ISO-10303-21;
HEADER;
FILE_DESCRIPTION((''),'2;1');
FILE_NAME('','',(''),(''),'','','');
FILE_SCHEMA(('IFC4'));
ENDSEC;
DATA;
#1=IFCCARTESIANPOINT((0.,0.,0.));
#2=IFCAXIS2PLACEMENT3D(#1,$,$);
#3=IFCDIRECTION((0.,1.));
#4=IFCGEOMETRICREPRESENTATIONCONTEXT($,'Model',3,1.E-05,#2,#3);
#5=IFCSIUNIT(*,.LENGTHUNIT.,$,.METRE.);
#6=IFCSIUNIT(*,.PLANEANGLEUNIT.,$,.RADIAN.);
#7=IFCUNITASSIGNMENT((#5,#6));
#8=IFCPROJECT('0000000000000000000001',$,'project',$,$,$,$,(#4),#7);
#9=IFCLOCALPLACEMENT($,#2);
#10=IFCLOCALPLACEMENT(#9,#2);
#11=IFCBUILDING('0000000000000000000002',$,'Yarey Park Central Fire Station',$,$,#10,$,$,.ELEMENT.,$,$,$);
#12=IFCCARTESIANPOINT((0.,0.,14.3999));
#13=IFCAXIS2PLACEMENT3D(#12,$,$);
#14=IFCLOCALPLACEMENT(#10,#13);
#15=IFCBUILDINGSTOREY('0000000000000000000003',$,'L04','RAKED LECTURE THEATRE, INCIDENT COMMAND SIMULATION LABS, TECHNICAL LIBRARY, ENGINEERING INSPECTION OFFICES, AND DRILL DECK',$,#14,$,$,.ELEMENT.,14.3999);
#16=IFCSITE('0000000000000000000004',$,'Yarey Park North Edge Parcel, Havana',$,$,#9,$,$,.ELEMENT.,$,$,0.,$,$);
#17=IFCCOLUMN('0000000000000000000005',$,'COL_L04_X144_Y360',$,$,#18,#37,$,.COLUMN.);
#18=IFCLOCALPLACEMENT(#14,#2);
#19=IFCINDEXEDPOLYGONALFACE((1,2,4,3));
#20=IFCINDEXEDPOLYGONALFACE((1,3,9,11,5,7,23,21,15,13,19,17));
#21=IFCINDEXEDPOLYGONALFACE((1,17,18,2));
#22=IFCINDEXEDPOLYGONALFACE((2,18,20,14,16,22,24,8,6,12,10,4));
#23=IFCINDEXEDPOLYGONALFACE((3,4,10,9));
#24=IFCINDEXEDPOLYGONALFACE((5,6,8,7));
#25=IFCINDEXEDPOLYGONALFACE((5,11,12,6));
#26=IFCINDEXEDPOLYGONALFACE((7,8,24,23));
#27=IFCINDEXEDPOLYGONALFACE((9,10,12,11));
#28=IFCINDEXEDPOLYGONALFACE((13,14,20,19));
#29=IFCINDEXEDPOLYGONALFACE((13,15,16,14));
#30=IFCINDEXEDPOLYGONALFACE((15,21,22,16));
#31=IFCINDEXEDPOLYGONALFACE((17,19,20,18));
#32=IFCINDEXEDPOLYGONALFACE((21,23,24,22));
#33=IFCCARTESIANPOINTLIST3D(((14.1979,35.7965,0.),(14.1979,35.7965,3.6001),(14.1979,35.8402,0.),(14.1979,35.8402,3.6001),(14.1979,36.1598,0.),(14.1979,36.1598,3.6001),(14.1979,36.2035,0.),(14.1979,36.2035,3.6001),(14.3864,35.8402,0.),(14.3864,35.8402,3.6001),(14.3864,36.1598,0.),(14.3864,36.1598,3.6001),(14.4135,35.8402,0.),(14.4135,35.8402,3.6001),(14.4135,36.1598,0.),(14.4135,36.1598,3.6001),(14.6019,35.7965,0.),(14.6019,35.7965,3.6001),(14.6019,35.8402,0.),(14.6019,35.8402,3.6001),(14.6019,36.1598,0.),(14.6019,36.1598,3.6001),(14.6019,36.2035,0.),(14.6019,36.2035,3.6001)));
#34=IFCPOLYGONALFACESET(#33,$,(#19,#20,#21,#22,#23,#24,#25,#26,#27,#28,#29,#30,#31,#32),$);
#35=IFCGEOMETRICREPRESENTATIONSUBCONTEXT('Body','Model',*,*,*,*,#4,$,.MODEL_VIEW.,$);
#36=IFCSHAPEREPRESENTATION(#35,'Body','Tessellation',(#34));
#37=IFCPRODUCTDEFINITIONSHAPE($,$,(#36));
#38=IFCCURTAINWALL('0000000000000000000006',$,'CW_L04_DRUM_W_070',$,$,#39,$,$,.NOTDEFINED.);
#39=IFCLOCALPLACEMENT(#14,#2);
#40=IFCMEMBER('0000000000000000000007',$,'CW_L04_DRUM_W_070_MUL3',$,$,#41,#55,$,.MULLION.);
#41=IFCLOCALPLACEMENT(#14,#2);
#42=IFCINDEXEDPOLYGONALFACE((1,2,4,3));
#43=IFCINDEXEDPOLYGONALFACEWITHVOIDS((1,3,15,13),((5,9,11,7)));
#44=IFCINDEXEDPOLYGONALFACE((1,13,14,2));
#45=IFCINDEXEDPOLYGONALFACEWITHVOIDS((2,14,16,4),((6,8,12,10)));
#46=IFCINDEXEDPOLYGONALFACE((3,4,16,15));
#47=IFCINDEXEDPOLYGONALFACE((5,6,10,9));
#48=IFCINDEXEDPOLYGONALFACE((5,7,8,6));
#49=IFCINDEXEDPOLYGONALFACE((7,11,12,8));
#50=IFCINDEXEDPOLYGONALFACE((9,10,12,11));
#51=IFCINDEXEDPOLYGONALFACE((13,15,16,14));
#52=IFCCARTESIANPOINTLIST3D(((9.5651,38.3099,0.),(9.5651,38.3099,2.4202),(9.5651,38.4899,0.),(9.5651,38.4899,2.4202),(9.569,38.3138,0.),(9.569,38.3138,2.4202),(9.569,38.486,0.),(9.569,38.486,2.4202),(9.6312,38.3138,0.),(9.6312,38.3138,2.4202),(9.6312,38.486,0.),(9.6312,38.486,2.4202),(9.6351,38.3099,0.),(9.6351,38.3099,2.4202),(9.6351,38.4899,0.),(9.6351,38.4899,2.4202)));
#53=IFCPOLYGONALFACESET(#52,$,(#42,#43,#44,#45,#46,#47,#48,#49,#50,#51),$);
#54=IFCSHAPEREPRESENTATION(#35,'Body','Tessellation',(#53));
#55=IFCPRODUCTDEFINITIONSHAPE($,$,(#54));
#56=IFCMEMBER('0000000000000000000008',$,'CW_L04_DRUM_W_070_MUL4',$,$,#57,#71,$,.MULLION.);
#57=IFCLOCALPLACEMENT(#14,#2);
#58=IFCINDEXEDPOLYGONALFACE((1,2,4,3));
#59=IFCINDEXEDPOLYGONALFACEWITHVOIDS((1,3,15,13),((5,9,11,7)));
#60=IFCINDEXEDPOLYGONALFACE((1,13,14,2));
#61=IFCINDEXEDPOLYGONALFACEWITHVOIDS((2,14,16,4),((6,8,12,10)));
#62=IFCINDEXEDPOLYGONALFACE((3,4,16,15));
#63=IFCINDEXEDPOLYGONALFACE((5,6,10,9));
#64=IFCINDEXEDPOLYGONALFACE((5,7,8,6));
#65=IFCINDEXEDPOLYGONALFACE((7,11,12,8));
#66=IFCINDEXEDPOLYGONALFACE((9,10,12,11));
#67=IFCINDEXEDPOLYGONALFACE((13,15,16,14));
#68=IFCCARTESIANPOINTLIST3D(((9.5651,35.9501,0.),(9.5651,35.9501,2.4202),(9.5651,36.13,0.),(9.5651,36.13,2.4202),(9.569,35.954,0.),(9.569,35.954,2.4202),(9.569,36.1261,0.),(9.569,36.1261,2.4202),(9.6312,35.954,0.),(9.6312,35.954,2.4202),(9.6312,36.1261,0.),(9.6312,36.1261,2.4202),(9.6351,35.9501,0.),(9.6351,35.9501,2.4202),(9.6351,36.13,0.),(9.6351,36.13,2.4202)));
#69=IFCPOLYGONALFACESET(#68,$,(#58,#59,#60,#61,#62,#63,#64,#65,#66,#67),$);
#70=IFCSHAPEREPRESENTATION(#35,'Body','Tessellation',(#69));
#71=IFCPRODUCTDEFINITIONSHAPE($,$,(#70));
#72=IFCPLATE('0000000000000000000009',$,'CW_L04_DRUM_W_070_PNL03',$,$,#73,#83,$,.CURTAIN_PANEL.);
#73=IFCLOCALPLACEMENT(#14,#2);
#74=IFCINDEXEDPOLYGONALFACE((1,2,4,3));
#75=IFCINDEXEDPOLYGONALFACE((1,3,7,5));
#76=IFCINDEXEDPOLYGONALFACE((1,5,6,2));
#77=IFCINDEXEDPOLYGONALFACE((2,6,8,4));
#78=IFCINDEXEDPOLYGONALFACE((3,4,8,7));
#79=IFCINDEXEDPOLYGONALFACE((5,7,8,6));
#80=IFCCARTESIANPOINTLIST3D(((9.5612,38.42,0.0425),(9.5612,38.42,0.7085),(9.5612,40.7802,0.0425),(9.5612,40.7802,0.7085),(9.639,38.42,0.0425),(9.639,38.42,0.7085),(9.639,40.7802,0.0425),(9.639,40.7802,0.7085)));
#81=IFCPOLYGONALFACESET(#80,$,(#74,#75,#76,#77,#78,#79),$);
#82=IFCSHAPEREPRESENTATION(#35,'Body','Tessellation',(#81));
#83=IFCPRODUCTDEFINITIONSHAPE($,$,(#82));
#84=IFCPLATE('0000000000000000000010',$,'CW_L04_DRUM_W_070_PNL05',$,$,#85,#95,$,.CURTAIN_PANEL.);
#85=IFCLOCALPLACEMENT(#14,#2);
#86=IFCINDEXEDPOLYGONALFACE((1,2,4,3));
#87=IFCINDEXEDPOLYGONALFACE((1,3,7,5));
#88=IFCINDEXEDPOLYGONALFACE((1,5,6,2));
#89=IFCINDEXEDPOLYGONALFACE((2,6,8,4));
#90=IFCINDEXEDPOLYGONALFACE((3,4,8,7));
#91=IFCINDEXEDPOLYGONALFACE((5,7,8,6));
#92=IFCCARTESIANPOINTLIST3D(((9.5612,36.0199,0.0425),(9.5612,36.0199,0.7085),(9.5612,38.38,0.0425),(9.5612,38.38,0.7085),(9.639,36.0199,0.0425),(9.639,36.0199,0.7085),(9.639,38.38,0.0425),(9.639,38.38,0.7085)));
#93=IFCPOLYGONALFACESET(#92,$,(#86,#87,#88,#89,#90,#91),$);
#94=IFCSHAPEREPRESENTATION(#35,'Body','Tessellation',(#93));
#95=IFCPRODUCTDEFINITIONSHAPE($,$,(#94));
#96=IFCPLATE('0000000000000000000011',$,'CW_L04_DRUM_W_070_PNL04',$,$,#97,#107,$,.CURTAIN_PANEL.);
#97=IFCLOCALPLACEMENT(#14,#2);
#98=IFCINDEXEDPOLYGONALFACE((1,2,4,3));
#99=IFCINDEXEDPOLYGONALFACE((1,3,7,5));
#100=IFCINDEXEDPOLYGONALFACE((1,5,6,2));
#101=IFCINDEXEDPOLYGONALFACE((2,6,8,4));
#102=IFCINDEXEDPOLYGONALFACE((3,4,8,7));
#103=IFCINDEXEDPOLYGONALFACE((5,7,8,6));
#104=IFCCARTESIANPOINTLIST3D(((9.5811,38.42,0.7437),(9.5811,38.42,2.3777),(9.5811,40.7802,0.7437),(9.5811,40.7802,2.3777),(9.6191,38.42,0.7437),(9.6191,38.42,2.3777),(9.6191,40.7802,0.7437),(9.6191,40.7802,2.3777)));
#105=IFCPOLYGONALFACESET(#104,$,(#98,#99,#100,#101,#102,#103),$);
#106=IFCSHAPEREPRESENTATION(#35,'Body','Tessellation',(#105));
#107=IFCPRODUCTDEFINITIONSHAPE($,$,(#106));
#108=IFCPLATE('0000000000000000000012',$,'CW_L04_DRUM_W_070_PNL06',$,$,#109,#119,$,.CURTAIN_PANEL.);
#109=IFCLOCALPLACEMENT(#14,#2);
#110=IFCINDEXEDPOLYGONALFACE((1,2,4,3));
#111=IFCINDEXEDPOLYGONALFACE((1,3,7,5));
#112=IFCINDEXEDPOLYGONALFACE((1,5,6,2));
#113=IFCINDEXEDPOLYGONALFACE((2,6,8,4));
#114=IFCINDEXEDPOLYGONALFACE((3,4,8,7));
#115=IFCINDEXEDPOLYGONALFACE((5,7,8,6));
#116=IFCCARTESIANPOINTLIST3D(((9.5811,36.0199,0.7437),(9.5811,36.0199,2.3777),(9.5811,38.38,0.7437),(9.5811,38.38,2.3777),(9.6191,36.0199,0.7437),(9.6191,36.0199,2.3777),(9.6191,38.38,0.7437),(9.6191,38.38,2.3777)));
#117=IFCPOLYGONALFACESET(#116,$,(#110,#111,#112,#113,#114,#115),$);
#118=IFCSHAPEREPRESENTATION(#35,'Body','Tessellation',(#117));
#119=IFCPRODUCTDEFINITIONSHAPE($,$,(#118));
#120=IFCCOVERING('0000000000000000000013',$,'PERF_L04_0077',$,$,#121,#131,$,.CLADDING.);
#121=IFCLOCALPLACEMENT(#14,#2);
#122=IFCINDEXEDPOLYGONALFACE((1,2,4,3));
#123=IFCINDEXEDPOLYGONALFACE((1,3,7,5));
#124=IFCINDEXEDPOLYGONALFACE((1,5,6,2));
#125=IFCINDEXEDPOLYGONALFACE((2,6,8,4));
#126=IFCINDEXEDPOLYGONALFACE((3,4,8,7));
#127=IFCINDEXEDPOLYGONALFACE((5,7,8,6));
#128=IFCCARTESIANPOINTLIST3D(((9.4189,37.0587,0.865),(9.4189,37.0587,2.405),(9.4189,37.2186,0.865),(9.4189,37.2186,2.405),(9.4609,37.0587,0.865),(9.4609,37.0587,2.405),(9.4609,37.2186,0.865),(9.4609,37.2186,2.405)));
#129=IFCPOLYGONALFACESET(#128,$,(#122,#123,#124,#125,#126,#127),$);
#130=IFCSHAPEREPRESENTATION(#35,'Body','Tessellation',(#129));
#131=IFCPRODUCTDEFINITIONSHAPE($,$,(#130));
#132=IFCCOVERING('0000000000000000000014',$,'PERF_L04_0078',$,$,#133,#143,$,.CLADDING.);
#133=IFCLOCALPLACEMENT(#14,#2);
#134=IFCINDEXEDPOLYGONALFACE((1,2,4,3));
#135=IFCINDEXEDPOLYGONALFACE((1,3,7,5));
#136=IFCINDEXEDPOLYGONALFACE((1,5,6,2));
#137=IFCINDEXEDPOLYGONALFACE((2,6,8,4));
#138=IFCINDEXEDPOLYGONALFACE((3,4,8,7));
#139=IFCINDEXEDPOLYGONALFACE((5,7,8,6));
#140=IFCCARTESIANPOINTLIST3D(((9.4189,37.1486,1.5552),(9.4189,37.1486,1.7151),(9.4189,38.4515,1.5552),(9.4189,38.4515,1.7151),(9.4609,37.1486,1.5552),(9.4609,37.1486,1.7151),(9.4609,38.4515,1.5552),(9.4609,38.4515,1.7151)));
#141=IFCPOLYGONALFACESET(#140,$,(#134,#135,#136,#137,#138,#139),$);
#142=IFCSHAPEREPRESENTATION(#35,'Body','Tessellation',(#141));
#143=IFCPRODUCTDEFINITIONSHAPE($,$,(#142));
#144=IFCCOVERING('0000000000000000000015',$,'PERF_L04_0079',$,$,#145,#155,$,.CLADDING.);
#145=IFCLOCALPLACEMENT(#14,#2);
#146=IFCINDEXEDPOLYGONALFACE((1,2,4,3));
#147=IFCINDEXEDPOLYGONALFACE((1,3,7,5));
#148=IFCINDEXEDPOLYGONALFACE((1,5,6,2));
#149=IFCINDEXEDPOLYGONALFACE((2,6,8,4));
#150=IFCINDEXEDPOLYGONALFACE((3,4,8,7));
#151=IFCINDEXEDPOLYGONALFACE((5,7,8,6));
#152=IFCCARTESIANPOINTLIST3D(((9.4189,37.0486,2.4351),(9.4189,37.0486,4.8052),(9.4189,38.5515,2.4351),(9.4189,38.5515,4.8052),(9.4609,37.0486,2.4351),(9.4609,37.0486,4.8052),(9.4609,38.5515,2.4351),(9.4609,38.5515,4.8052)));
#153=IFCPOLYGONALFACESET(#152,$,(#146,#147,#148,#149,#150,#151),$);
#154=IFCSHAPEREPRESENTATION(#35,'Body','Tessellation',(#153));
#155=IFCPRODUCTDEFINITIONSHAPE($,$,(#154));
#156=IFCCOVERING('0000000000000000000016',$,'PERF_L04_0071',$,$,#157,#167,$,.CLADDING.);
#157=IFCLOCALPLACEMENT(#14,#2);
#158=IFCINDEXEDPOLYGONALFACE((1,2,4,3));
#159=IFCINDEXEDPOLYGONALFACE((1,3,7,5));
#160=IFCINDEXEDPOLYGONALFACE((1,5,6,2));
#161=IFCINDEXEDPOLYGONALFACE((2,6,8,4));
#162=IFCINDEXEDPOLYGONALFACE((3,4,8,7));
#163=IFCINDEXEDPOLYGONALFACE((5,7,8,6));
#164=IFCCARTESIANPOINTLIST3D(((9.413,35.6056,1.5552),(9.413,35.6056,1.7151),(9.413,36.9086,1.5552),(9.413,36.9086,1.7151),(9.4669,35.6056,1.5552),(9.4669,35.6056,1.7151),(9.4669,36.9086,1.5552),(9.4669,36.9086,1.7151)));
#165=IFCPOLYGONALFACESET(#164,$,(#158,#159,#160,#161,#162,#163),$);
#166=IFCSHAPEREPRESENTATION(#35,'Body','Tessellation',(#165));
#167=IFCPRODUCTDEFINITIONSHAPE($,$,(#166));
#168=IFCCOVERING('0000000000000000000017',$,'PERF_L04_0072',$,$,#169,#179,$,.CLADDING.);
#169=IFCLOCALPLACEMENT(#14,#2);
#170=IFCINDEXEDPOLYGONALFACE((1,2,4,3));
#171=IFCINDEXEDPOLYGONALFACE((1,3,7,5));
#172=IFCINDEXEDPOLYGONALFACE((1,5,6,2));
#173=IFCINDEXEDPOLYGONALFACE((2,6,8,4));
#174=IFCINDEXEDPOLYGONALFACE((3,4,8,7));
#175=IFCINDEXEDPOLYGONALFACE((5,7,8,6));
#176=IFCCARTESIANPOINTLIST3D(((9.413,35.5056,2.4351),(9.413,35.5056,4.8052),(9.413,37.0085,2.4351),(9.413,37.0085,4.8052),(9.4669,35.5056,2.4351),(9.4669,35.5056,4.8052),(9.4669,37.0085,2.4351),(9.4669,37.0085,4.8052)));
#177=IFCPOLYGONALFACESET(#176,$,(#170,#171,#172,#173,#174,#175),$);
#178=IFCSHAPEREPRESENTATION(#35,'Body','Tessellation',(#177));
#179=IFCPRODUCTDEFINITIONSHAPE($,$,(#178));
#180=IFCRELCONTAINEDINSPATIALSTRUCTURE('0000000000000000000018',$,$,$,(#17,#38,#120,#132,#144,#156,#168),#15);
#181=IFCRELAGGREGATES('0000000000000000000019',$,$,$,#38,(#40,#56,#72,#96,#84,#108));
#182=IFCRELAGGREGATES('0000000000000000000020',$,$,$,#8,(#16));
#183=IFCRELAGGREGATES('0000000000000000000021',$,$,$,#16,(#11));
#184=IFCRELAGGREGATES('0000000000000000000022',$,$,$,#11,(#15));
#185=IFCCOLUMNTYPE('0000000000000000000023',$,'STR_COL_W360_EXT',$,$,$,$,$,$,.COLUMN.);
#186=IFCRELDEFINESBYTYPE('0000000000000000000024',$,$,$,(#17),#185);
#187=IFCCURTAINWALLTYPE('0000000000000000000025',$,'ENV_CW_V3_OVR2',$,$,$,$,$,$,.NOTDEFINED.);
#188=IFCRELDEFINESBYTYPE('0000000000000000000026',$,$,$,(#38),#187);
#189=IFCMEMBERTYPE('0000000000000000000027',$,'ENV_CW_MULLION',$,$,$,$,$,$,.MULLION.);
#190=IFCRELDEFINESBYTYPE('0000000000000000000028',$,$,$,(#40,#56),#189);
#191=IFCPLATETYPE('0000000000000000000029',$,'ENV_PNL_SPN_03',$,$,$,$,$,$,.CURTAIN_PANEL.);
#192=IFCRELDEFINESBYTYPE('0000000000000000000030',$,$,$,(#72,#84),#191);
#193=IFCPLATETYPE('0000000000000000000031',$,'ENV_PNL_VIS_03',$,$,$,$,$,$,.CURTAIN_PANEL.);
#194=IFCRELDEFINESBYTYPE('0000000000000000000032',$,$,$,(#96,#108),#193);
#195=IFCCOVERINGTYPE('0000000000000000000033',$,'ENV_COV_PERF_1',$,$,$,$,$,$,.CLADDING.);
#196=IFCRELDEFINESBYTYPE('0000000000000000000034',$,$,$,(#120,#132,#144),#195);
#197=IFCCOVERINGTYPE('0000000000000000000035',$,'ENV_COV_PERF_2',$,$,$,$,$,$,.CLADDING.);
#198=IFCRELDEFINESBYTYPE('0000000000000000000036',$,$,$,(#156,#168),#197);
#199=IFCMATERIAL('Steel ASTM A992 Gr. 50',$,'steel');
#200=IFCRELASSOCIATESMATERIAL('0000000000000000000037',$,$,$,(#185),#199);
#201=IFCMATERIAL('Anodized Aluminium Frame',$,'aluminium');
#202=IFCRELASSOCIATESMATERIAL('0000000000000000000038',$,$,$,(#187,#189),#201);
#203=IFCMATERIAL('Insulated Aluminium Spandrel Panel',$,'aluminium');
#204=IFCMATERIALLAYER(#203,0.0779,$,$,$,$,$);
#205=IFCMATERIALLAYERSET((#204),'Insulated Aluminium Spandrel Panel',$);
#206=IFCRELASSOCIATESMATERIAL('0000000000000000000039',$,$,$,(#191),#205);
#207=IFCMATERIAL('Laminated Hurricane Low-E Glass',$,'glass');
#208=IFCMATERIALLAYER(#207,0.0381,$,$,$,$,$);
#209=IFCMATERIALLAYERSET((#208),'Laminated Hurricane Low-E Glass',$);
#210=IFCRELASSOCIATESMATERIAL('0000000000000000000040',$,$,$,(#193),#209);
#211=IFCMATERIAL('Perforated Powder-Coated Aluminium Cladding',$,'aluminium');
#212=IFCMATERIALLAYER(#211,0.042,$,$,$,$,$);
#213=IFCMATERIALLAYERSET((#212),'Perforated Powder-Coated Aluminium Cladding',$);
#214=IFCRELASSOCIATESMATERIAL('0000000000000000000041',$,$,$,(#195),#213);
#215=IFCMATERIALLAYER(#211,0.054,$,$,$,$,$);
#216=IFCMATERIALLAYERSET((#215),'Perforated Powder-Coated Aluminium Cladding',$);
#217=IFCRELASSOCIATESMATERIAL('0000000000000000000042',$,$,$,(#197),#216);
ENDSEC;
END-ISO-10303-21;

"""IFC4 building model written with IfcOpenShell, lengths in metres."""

from ifc_helpers import new_model, si_unit, direction, frame, origin, origin_2d, place, context, subcontext, project, spatial, rectangle, hollow_rectangle, i_section, extrude, material, layer, layer_set, material_profile, profile_set, type_object, element, aggregate, save


model = new_model("IFC4")

# Units and contexts
model_context = context("Model", 3, precision=1e-05, world=origin(), true_north=direction((0.0, 1.0)))
body_context = subcontext(model_context, "Body", "Model", "MODEL_VIEW")
ifc_project = project(units=[si_unit("LENGTHUNIT", "METRE"), si_unit("PLANEANGLEUNIT", "RADIAN")], contexts=[model_context])

# Site, building, storey
site_placement = place(None, origin())
site = spatial("IfcSite", under=ifc_project, at=site_placement, Name="Yarey Park North Edge Parcel, Havana", CompositionType="ELEMENT", RefElevation=0.0)
building_placement = place(site_placement, origin())
building = spatial("IfcBuilding", under=site, at=building_placement, Name="Yarey Park Central Fire Station", CompositionType="ELEMENT")
storey_placement = place(building_placement, frame((0.0, 0.0, 14.3999)))
storey = spatial("IfcBuildingStorey", under=building, at=storey_placement, Name="L04", Description="RAKED LECTURE THEATRE, INCIDENT COMMAND SIMULATION LABS, TECHNICAL LIBRARY, ENGINEERING INSPECTION OFFICES, AND DRILL DECK", CompositionType="ELEMENT", Elevation=14.3999)

# Column
ifc_material_1 = material(Name="Steel ASTM A992 Gr. 50", Category="steel")
ifc_material_profile_1 = material_profile(ifc_material_1, i_section(OverallWidth=0.4041, OverallDepth=0.407, WebThickness=0.0271, FlangeThickness=0.0437, at=origin_2d()), Name="W360x347")
ifc_profile_set_1 = profile_set([ifc_material_profile_1], Name="Steel ASTM A992 Gr. 50")
column_type = type_object("IfcColumnType", Name="STR_COL_W360_EXT", PredefinedType="COLUMN", material=ifc_profile_set_1)
column_placement = place(storey_placement, frame((14.3999, 36.0, 0.0), z_axis=(0.0, 0.0, 1.0), x_axis=(1.0, 0.0, 0.0)))
element("IfcColumn", 1, at=column_placement, inside=storey, type_object=column_type, Name="COL_L04_X144_Y360", PredefinedType="COLUMN", context=body_context, shape_type="SweptSolid", body=[
    extrude(i_section(OverallWidth=0.4041, OverallDepth=0.407, WebThickness=0.0271, FlangeThickness=0.0437, at=origin_2d()), origin(), (0.0, 0.0, 1.0), 3.6001),
])

# Curtain wall, members, plates
ifc_material_2 = material(Name="Anodized Aluminium Frame", Category="aluminium")
curtain_wall_type = type_object("IfcCurtainWallType", Name="ENV_CW_V3_OVR2", PredefinedType="NOTDEFINED", material=ifc_material_2)
curtain_wall_placement = place(storey_placement, origin())
curtain_wall = element("IfcCurtainWall", 2, at=curtain_wall_placement, inside=storey, type_object=curtain_wall_type, Name="CW_L04_DRUM_W_070", PredefinedType="NOTDEFINED")
ifc_material_profile_2 = material_profile(ifc_material_2, hollow_rectangle(XDim=0.0701, YDim=0.1799, WallThickness=0.0039, at=origin_2d()), Name="ALU 180x70x4")
ifc_profile_set_2 = profile_set([ifc_material_profile_2], Name="Anodized Aluminium Frame")
member_type = type_object("IfcMemberType", Name="ENV_CW_MULLION", PredefinedType="MULLION", material=ifc_profile_set_2)
member_1_placement = place(storey_placement, frame((9.6001, 38.3999, 0.0), z_axis=(0.0, 0.0, 1.0), x_axis=(1.0, 0.0, 0.0)))
member_1 = element("IfcMember", 3, at=member_1_placement, type_object=member_type, Name="CW_L04_DRUM_W_070_MUL3", PredefinedType="MULLION", context=body_context, shape_type="SweptSolid", body=[
    extrude(hollow_rectangle(XDim=0.0701, YDim=0.1799, WallThickness=0.0039, at=origin_2d()), origin(), (0.0, 0.0, 1.0), 2.4202),
])
member_2_placement = place(storey_placement, frame((9.6001, 36.04, 0.0), z_axis=(0.0, 0.0, 1.0), x_axis=(1.0, 0.0, 0.0)))
member_2 = element("IfcMember", 4, at=member_2_placement, type_object=member_type, Name="CW_L04_DRUM_W_070_MUL4", PredefinedType="MULLION", context=body_context, shape_type="SweptSolid", body=[
    extrude(hollow_rectangle(XDim=0.0701, YDim=0.1799, WallThickness=0.0039, at=origin_2d()), origin(), (0.0, 0.0, 1.0), 2.4202),
])
ifc_material_3 = material(Name="Insulated Aluminium Spandrel Panel", Category="aluminium")
ifc_layer_1 = layer(ifc_material_3, 0.0779)
ifc_layer_set_1 = layer_set([ifc_layer_1], Name="Insulated Aluminium Spandrel Panel")
plate_type_1 = type_object("IfcPlateType", Name="ENV_PNL_SPN_03", PredefinedType="CURTAIN_PANEL", material=ifc_layer_set_1)
plate_1_placement = place(storey_placement, frame((9.6001, 39.6001, 0.0425), z_axis=(0.0, 0.0, 1.0), x_axis=(0.0, -1.0, 0.0)))
plate_1 = element("IfcPlate", 5, at=plate_1_placement, type_object=plate_type_1, Name="CW_L04_DRUM_W_070_PNL03", PredefinedType="CURTAIN_PANEL", context=body_context, shape_type="SweptSolid", body=[
    extrude(rectangle(XDim=2.3601, YDim=0.0779, at=origin_2d()), origin(), (0.0, 0.0, 1.0), 0.666),
])
plate_2_placement = place(storey_placement, frame((9.6001, 37.2, 0.0425), z_axis=(0.0, 0.0, 1.0), x_axis=(0.0, -1.0, 0.0)))
plate_2 = element("IfcPlate", 6, at=plate_2_placement, type_object=plate_type_1, Name="CW_L04_DRUM_W_070_PNL05", PredefinedType="CURTAIN_PANEL", context=body_context, shape_type="SweptSolid", body=[
    extrude(rectangle(XDim=2.3601, YDim=0.0779, at=origin_2d()), origin(), (0.0, 0.0, 1.0), 0.666),
])
ifc_material_4 = material(Name="Laminated Hurricane Low-E Glass", Category="glass")
ifc_layer_2 = layer(ifc_material_4, 0.0381)
ifc_layer_set_2 = layer_set([ifc_layer_2], Name="Laminated Hurricane Low-E Glass")
plate_type_2 = type_object("IfcPlateType", Name="ENV_PNL_VIS_03", PredefinedType="CURTAIN_PANEL", material=ifc_layer_set_2)
plate_3_placement = place(storey_placement, frame((9.6001, 39.6001, 0.7437), z_axis=(0.0, 0.0, 1.0), x_axis=(0.0, -1.0, 0.0)))
plate_3 = element("IfcPlate", 7, at=plate_3_placement, type_object=plate_type_2, Name="CW_L04_DRUM_W_070_PNL04", PredefinedType="CURTAIN_PANEL", context=body_context, shape_type="SweptSolid", body=[
    extrude(rectangle(XDim=2.3601, YDim=0.0381, at=origin_2d()), origin(), (0.0, 0.0, 1.0), 1.634),
])
plate_4_placement = place(storey_placement, frame((9.6001, 37.2, 0.7437), z_axis=(0.0, 0.0, 1.0), x_axis=(0.0, -1.0, 0.0)))
plate_4 = element("IfcPlate", 8, at=plate_4_placement, type_object=plate_type_2, Name="CW_L04_DRUM_W_070_PNL06", PredefinedType="CURTAIN_PANEL", context=body_context, shape_type="SweptSolid", body=[
    extrude(rectangle(XDim=2.3601, YDim=0.0381, at=origin_2d()), origin(), (0.0, 0.0, 1.0), 1.634),
])
aggregate(curtain_wall, [member_1, member_2, plate_1, plate_3, plate_2, plate_4])

# Coverings
ifc_material_5 = material(Name="Perforated Powder-Coated Aluminium Cladding", Category="aluminium")
ifc_layer_3 = layer(ifc_material_5, 0.042)
ifc_layer_set_3 = layer_set([ifc_layer_3], Name="Perforated Powder-Coated Aluminium Cladding")
covering_type_1 = type_object("IfcCoveringType", Name="ENV_COV_PERF_1", PredefinedType="CLADDING", material=ifc_layer_set_3)
covering_1_placement = place(storey_placement, frame((9.4399, 37.1387, 0.865), z_axis=(0.0, 0.0, 1.0), x_axis=(0.0, 1.0, 0.0)))
element("IfcCovering", 9, at=covering_1_placement, inside=storey, type_object=covering_type_1, Name="PERF_L04_0077", PredefinedType="CLADDING", context=body_context, shape_type="SweptSolid", body=[
    extrude(rectangle(XDim=0.1599, YDim=0.042, at=origin_2d()), origin(), (0.0, 0.0, 1.0), 1.54),
])
covering_2_placement = place(storey_placement, frame((9.4399, 37.8, 1.5552), z_axis=(0.0, 0.0, 1.0), x_axis=(0.0, 1.0, 0.0)))
element("IfcCovering", 10, at=covering_2_placement, inside=storey, type_object=covering_type_1, Name="PERF_L04_0078", PredefinedType="CLADDING", context=body_context, shape_type="SweptSolid", body=[
    extrude(rectangle(XDim=1.303, YDim=0.042, at=origin_2d()), origin(), (0.0, 0.0, 1.0), 0.1599),
])
covering_3_placement = place(storey_placement, frame((9.4399, 37.8, 2.4351), z_axis=(0.0, 0.0, 1.0), x_axis=(0.0, 1.0, 0.0)))
element("IfcCovering", 11, at=covering_3_placement, inside=storey, type_object=covering_type_1, Name="PERF_L04_0079", PredefinedType="CLADDING", context=body_context, shape_type="SweptSolid", body=[
    extrude(rectangle(XDim=1.5029, YDim=0.042, at=origin_2d()), origin(), (0.0, 0.0, 1.0), 2.3701),
])
ifc_layer_4 = layer(ifc_material_5, 0.054)
ifc_layer_set_4 = layer_set([ifc_layer_4], Name="Perforated Powder-Coated Aluminium Cladding")
covering_type_2 = type_object("IfcCoveringType", Name="ENV_COV_PERF_2", PredefinedType="CLADDING", material=ifc_layer_set_4)
covering_4_placement = place(storey_placement, frame((9.4399, 36.2571, 1.5552), z_axis=(0.0, 0.0, 1.0), x_axis=(0.0, 1.0, 0.0)))
element("IfcCovering", 12, at=covering_4_placement, inside=storey, type_object=covering_type_2, Name="PERF_L04_0071", PredefinedType="CLADDING", context=body_context, shape_type="SweptSolid", body=[
    extrude(rectangle(XDim=1.303, YDim=0.054, at=origin_2d()), origin(), (0.0, 0.0, 1.0), 0.1599),
])
covering_5_placement = place(storey_placement, frame((9.4399, 36.2571, 2.4351), z_axis=(0.0, 0.0, 1.0), x_axis=(0.0, 1.0, 0.0)))
element("IfcCovering", 13, at=covering_5_placement, inside=storey, type_object=covering_type_2, Name="PERF_L04_0072", PredefinedType="CLADDING", context=body_context, shape_type="SweptSolid", body=[
    extrude(rectangle(XDim=1.5029, YDim=0.054, at=origin_2d()), origin(), (0.0, 0.0, 1.0), 2.3701),
])

save(model, "model.ifc")
